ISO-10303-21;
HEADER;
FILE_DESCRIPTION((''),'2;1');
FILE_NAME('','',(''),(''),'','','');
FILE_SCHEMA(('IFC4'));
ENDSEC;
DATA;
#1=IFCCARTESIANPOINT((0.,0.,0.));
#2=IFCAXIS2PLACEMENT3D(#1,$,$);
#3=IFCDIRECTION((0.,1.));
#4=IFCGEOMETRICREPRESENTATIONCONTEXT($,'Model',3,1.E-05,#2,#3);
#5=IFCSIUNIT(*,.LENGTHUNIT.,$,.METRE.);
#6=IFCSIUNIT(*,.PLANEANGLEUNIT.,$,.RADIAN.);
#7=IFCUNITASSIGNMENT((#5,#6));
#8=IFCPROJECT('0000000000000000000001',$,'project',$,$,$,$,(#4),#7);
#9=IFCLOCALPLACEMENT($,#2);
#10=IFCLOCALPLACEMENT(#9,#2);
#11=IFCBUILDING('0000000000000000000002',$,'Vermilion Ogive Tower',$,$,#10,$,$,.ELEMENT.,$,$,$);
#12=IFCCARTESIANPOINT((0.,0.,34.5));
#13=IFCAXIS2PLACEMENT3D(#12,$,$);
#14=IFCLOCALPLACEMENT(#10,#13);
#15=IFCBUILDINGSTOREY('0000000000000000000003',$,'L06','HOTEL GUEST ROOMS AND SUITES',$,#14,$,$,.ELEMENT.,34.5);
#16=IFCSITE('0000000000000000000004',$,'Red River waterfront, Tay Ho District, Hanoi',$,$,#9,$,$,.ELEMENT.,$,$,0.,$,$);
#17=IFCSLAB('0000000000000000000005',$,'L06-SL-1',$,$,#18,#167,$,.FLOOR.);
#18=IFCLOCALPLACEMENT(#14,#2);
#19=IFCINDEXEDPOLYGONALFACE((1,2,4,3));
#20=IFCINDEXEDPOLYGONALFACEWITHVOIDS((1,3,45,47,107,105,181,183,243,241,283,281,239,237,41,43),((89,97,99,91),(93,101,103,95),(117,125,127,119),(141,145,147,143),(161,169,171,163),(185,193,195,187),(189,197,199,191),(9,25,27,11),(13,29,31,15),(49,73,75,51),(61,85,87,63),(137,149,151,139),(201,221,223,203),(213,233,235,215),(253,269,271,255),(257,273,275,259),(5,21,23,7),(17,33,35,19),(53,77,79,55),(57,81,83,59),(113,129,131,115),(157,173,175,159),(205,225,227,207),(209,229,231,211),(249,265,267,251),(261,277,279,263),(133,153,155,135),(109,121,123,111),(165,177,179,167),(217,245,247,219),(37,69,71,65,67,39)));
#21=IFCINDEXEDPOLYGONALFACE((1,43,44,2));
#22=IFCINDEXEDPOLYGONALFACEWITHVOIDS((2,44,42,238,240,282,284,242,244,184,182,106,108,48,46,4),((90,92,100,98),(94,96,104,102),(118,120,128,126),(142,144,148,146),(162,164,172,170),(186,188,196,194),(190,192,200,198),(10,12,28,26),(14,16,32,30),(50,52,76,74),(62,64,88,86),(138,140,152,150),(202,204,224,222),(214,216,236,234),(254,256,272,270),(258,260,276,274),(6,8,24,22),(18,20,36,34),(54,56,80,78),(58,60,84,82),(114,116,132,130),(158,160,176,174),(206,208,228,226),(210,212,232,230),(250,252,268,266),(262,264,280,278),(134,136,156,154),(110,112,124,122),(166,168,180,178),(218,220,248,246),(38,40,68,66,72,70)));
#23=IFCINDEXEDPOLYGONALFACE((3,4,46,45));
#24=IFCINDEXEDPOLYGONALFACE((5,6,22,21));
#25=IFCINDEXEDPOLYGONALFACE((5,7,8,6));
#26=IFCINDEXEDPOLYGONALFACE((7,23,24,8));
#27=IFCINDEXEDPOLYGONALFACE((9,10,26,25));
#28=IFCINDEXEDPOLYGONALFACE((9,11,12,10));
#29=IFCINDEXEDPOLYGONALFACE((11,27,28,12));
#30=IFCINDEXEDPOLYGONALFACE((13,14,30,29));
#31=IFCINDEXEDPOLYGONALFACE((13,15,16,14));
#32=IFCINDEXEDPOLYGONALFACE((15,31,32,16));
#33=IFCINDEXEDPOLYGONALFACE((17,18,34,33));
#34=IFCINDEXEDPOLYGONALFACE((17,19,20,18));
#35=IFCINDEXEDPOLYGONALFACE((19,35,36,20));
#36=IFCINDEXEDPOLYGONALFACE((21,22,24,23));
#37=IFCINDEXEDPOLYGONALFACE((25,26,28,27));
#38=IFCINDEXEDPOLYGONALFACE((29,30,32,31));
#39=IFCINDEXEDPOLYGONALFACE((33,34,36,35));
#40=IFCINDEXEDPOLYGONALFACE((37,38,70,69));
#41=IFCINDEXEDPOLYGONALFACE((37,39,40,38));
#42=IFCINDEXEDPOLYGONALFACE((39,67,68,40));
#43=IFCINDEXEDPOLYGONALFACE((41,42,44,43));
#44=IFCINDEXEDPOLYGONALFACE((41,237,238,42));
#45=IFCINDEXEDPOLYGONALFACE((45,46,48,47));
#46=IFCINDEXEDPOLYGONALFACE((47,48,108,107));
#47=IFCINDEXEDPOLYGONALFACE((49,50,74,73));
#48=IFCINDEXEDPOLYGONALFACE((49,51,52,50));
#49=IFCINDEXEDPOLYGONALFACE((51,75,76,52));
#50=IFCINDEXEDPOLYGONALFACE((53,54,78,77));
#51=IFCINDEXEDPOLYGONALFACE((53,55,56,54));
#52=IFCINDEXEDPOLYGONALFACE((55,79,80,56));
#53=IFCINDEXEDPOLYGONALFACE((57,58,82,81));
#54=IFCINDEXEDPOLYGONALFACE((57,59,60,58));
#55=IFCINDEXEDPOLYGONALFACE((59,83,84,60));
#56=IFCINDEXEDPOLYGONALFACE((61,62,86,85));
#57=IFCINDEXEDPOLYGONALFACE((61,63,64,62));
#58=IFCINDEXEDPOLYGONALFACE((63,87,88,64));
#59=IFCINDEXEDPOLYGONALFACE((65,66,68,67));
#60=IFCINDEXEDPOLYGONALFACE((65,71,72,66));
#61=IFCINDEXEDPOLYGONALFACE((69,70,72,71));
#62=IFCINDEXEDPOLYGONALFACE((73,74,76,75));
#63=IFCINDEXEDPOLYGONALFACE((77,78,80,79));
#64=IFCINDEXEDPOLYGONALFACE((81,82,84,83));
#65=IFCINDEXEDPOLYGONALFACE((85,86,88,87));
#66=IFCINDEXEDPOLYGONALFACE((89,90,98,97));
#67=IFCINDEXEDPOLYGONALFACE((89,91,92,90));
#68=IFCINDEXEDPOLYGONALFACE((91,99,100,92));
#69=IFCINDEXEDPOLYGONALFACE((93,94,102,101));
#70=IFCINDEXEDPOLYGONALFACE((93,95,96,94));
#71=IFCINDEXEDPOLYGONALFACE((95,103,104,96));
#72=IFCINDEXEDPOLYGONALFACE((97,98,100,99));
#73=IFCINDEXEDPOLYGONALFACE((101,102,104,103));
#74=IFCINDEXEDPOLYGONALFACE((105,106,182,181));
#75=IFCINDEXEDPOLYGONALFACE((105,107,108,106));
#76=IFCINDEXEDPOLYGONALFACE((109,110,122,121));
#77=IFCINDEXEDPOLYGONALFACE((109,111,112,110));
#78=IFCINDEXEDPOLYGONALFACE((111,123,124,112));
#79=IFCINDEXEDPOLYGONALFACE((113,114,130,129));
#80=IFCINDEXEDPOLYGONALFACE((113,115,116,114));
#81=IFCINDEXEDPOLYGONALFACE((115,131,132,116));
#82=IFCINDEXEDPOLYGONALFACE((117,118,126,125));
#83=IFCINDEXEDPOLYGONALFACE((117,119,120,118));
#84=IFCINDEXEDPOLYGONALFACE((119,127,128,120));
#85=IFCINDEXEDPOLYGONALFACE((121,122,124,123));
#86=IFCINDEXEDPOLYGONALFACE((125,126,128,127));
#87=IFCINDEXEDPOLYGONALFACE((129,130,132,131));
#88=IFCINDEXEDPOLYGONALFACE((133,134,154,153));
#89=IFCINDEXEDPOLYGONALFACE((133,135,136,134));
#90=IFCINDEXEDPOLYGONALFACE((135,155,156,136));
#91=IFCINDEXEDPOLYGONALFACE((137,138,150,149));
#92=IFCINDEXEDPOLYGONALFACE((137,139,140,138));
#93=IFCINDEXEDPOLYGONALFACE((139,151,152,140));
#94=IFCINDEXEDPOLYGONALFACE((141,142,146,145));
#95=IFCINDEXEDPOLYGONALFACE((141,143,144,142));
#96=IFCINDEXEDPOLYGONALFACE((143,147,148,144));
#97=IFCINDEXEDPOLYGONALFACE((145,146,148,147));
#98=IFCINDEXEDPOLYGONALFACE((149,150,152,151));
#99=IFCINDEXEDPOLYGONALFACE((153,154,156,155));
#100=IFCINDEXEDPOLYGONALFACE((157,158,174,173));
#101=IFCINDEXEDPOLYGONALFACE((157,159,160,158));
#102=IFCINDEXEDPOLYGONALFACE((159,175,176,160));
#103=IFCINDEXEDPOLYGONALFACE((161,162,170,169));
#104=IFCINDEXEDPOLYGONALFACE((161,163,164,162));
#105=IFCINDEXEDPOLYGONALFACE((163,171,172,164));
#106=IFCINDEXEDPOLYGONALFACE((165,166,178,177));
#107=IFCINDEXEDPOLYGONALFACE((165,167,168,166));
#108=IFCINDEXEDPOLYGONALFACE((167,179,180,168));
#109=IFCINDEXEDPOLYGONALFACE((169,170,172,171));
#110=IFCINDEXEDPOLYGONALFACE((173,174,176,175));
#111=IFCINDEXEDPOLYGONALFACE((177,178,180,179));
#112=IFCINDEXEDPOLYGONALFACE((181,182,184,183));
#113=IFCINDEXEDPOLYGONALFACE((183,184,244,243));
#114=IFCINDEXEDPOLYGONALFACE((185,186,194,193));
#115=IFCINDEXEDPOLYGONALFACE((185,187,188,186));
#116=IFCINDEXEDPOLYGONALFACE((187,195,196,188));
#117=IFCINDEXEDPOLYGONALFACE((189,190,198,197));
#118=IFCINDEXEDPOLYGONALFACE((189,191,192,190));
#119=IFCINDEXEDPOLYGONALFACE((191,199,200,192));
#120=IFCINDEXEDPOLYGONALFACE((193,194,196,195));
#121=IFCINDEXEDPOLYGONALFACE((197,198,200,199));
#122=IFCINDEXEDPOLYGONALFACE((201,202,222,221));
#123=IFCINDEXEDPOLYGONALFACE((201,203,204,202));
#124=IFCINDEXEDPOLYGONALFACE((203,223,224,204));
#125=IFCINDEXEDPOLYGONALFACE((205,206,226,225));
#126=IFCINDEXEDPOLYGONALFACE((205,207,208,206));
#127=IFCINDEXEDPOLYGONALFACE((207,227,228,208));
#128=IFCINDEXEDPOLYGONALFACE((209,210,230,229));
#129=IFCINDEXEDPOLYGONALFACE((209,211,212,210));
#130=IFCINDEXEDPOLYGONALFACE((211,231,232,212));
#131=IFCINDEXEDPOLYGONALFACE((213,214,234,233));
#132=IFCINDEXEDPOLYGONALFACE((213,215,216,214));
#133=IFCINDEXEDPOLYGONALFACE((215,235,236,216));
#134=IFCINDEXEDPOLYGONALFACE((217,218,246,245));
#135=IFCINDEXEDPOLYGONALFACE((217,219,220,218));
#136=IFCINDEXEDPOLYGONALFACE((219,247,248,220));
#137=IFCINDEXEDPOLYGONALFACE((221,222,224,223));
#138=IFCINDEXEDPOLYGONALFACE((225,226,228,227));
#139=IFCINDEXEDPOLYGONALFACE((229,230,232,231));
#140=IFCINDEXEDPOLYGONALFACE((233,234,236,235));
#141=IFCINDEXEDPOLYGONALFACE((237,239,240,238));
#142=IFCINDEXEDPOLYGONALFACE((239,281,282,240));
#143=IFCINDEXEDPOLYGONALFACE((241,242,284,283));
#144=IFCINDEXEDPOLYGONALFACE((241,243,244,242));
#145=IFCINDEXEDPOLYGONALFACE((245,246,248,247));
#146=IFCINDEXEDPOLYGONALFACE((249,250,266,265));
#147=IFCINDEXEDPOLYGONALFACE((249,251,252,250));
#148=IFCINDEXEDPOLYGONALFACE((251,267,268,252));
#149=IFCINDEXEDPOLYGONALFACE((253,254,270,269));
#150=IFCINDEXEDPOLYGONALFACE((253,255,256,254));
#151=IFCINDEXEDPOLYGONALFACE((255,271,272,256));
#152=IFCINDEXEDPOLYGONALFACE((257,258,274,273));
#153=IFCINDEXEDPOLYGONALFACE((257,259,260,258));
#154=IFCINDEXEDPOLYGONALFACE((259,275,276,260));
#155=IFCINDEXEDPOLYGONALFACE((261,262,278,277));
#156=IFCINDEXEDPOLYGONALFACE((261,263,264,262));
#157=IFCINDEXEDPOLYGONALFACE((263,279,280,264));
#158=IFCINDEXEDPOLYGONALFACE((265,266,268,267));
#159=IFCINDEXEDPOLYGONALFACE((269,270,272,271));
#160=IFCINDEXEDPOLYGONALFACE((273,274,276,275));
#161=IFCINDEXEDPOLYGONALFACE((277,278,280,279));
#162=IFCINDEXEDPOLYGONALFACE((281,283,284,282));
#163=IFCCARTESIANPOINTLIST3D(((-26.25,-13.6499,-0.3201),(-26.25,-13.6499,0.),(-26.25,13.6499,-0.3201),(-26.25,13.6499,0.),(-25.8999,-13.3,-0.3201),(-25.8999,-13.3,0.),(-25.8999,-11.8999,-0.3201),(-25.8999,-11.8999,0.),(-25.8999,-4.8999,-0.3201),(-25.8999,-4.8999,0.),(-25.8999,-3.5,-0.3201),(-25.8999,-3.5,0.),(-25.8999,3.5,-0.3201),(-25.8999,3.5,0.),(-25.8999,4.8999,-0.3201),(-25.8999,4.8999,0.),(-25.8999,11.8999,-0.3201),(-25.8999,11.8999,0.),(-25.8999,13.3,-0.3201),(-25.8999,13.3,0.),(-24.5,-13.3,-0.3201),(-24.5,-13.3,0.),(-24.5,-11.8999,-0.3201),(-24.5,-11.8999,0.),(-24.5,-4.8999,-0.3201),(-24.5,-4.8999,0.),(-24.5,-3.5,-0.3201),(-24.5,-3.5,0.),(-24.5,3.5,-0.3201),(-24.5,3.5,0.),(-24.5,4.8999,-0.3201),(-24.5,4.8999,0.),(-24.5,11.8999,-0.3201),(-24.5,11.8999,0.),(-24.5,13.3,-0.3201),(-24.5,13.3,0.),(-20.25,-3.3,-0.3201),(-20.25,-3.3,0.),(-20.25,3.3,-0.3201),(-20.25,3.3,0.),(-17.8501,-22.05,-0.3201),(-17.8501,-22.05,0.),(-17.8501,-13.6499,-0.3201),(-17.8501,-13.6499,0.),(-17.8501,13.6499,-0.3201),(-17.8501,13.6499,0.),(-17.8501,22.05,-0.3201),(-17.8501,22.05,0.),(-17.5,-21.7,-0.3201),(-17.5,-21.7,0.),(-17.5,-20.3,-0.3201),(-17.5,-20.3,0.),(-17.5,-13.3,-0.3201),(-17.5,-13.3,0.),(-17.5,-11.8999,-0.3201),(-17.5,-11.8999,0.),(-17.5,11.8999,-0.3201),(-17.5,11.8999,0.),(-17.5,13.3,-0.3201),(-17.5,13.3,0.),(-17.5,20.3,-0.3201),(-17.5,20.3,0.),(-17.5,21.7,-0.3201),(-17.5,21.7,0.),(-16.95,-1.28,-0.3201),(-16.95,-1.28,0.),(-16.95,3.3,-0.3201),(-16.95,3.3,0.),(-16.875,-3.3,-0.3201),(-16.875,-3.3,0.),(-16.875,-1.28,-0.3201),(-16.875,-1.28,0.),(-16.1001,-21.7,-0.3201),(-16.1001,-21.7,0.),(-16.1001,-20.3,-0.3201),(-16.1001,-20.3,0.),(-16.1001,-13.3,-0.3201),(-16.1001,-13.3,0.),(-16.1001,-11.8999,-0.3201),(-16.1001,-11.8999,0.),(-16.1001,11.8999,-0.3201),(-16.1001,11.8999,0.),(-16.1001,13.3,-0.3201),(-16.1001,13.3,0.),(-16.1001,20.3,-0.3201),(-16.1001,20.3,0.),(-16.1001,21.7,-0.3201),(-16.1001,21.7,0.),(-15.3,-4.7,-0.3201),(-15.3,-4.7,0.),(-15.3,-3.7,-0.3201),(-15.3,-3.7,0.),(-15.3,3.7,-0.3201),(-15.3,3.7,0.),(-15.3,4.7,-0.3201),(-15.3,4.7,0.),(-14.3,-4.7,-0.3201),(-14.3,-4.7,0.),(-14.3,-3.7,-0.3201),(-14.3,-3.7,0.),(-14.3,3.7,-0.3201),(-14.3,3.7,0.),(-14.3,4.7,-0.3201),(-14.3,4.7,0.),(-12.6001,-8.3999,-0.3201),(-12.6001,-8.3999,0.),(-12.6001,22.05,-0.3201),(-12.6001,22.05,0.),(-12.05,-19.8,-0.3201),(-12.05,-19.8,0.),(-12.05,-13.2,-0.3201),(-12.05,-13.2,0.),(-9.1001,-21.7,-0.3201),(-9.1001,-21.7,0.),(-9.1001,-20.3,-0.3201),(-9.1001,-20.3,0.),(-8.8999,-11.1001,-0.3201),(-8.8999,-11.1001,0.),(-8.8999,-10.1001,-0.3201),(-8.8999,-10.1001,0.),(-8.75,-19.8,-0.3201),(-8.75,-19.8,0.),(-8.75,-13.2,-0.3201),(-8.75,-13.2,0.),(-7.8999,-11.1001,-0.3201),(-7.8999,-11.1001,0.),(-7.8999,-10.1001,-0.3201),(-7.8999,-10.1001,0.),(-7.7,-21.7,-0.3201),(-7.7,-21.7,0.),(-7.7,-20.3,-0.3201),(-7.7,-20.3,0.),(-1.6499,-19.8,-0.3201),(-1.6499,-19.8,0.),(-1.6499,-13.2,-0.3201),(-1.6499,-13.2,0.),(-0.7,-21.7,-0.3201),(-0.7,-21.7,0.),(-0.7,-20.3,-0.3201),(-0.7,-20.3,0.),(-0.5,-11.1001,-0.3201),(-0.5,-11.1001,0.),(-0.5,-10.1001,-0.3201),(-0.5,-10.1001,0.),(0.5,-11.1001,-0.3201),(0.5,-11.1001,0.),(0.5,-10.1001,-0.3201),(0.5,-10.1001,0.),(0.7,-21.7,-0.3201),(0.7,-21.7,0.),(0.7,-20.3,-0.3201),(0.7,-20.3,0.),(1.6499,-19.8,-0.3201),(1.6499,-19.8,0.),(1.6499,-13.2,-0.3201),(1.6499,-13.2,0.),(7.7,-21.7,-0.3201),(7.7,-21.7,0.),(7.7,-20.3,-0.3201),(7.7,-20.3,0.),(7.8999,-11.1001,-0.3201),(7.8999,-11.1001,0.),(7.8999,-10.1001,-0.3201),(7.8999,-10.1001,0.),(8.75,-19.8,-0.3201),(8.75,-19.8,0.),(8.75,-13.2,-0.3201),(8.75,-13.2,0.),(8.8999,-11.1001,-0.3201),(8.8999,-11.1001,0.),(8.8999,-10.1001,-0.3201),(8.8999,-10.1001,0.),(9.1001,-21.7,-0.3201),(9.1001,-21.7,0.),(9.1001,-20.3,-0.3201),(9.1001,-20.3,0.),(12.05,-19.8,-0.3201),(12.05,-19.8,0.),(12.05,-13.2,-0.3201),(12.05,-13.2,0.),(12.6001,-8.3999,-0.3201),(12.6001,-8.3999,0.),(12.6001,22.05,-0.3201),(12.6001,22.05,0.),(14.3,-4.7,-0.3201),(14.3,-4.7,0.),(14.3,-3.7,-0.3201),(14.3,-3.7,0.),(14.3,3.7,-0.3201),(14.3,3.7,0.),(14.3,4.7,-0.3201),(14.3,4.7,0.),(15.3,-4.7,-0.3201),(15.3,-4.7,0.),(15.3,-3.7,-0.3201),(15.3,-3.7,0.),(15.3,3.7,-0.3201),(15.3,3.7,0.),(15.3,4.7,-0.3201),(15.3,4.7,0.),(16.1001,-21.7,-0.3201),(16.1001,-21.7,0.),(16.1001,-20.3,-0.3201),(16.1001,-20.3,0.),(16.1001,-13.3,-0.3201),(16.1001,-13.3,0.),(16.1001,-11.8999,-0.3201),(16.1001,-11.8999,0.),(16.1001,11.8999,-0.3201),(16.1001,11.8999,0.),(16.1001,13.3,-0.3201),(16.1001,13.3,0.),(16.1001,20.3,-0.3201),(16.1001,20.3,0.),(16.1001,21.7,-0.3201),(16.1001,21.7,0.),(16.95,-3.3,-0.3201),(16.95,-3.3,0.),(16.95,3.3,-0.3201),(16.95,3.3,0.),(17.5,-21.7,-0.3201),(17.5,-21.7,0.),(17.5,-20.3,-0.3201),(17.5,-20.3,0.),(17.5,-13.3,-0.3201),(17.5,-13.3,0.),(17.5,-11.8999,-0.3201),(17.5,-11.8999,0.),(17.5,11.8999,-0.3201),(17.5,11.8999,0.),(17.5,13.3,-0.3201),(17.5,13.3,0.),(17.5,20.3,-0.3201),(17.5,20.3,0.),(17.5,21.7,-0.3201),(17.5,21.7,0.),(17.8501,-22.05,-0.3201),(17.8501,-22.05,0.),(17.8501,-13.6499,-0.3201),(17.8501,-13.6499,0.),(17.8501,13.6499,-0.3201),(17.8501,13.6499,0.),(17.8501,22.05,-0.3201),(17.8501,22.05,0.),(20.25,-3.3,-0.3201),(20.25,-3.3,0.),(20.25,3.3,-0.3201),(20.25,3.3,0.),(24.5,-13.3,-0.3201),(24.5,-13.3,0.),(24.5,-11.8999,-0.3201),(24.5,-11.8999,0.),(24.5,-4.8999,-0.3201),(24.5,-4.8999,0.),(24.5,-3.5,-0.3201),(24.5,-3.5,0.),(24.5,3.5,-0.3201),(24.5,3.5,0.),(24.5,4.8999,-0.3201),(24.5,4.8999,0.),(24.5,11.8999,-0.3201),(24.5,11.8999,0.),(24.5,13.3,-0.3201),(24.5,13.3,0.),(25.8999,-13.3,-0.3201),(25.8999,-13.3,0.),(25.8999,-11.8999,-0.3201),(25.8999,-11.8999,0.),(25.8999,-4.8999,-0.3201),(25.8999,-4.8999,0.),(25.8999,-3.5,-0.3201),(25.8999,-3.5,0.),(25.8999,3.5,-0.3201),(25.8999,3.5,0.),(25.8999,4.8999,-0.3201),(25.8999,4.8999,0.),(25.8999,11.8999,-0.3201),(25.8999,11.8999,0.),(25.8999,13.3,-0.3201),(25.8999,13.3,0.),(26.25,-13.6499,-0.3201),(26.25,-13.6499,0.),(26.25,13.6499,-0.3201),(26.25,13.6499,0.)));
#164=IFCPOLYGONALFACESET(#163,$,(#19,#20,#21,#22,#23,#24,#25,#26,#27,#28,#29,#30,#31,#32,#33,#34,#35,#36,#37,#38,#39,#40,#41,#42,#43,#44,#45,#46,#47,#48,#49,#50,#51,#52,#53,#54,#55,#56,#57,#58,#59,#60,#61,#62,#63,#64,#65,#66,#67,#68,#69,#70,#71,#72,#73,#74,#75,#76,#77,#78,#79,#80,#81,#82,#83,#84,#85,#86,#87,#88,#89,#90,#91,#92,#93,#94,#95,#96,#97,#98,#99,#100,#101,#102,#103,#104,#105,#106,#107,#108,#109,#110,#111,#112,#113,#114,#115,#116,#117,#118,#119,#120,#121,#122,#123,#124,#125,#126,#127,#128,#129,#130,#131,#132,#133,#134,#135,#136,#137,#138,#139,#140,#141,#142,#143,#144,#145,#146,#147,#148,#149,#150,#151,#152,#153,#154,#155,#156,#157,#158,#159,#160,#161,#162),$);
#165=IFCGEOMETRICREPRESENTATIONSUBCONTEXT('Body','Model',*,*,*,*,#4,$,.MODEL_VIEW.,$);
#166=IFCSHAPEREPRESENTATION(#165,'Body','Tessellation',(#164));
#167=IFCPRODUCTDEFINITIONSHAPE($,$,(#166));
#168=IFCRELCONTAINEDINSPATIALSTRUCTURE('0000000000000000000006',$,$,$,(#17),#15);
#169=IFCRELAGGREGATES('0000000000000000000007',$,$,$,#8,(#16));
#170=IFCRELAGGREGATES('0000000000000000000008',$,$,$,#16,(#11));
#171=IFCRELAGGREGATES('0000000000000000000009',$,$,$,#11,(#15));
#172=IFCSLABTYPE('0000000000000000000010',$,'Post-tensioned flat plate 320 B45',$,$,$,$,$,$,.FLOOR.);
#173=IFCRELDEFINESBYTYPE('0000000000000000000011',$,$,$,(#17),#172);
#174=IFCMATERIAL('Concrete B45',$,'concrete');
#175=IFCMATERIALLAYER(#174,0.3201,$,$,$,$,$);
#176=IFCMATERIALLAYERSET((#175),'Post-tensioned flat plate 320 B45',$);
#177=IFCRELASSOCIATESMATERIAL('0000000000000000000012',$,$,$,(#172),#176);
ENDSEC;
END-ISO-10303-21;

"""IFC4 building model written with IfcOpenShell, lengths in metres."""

from ifc_helpers import new_model, si_unit, direction, frame, origin, place, context, subcontext, project, spatial, polyline, outline, extrude, material, layer, layer_set, type_object, element, save


model = new_model("IFC4")

# Units and contexts
model_context = context("Model", 3, precision=1e-05, world=origin(), true_north=direction((0.0, 1.0)))
body_context = subcontext(model_context, "Body", "Model", "MODEL_VIEW")
ifc_project = project(units=[si_unit("LENGTHUNIT", "METRE"), si_unit("PLANEANGLEUNIT", "RADIAN")], contexts=[model_context])

# Site, building, storey
site_placement = place(None, origin())
site = spatial("IfcSite", under=ifc_project, at=site_placement, Name="Red River waterfront, Tay Ho District, Hanoi", CompositionType="ELEMENT", RefElevation=0.0)
building_placement = place(site_placement, origin())
building = spatial("IfcBuilding", under=site, at=building_placement, Name="Vermilion Ogive Tower", CompositionType="ELEMENT")
storey_placement = place(building_placement, frame((0.0, 0.0, 34.5)))
storey = spatial("IfcBuildingStorey", under=building, at=storey_placement, Name="L06", Description="HOTEL GUEST ROOMS AND SUITES", CompositionType="ELEMENT", Elevation=34.5)

# Slab
ifc_material_1 = material(Name="Concrete B45", Category="concrete")
ifc_layer_1 = layer(ifc_material_1, 0.3201)
ifc_layer_set_1 = layer_set([ifc_layer_1], Name="Post-tensioned flat plate 320 B45")
slab_type = type_object("IfcSlabType", Name="Post-tensioned flat plate 320 B45", PredefinedType="FLOOR", material=ifc_layer_set_1)
slab_placement = place(storey_placement, frame((0.0, 0.0, -0.3201)))
element("IfcSlab", 1, at=slab_placement, inside=storey, type_object=slab_type, Name="L06-SL-1", PredefinedType="FLOOR", context=body_context, shape_type="SweptSolid", body=[
    extrude(outline(polyline([(-26.25, -13.6499), (-17.8501, -13.6499), (-17.8501, -22.05), (17.8501, -22.05), (17.8501, -13.6499), (26.25, -13.6499), (26.25, 13.6499), (17.8501, 13.6499), (17.8501, 22.05), (12.6001, 22.05), (12.6001, -8.3999), (-12.6001, -8.3999), (-12.6001, 22.05), (-17.8501, 22.05), (-17.8501, 13.6499), (-26.25, 13.6499), (-26.25, -13.6499)]), holes=[polyline([(25.8999, -3.5), (25.8999, -4.8999), (24.5, -4.8999), (24.5, -3.5), (25.8999, -3.5)]), polyline([(25.8999, -11.8999), (25.8999, -13.3), (24.5, -13.3), (24.5, -11.8999), (25.8999, -11.8999)]), polyline([(25.8999, 11.8999), (24.5, 11.8999), (24.5, 13.3), (25.8999, 13.3), (25.8999, 11.8999)]), polyline([(25.8999, 3.5), (24.5, 3.5), (24.5, 4.8999), (25.8999, 4.8999), (25.8999, 3.5)]), polyline([(20.25, 3.3), (20.25, -3.3), (16.95, -3.3), (16.95, 3.3), (20.25, 3.3)]), polyline([(17.5, -11.8999), (17.5, -13.3), (16.1001, -13.3), (16.1001, -11.8999), (17.5, -11.8999)]), polyline([(17.5, 20.3), (16.1001, 20.3), (16.1001, 21.7), (17.5, 21.7), (17.5, 20.3)]), polyline([(17.5, -20.3), (17.5, -21.7), (16.1001, -21.7), (16.1001, -20.3), (17.5, -20.3)]), polyline([(17.5, 13.3), (17.5, 11.8999), (16.1001, 11.8999), (16.1001, 13.3), (17.5, 13.3)]), polyline([(15.3, 4.7), (15.3, 3.7), (14.3, 3.7), (14.3, 4.7), (15.3, 4.7)]), polyline([(15.3, -4.7), (14.3, -4.7), (14.3, -3.7), (15.3, -3.7), (15.3, -4.7)]), polyline([(12.05, -13.2), (12.05, -19.8), (8.75, -19.8), (8.75, -13.2), (12.05, -13.2)]), polyline([(9.1001, -20.3), (9.1001, -21.7), (7.7, -21.7), (7.7, -20.3), (9.1001, -20.3)]), polyline([(8.8999, -11.1001), (7.8999, -11.1001), (7.8999, -10.1001), (8.8999, -10.1001), (8.8999, -11.1001)]), polyline([(1.6499, -13.2), (1.6499, -19.8), (-1.6499, -19.8), (-1.6499, -13.2), (1.6499, -13.2)]), polyline([(0.7, -20.3), (0.7, -21.7), (-0.7, -21.7), (-0.7, -20.3), (0.7, -20.3)]), polyline([(0.5, -10.1001), (0.5, -11.1001), (-0.5, -11.1001), (-0.5, -10.1001), (0.5, -10.1001)]), polyline([(-7.7, -20.3), (-7.7, -21.7), (-9.1001, -21.7), (-9.1001, -20.3), (-7.7, -20.3)]), polyline([(-7.8999, -10.1001), (-7.8999, -11.1001), (-8.8999, -11.1001), (-8.8999, -10.1001), (-7.8999, -10.1001)]), polyline([(-8.75, -13.2), (-8.75, -19.8), (-12.05, -19.8), (-12.05, -13.2), (-8.75, -13.2)]), polyline([(-14.3, 4.7), (-14.3, 3.7), (-15.3, 3.7), (-15.3, 4.7), (-14.3, 4.7)]), polyline([(-14.3, -4.7), (-15.3, -4.7), (-15.3, -3.7), (-14.3, -3.7), (-14.3, -4.7)]), polyline([(-16.1001, 13.3), (-16.1001, 11.8999), (-17.5, 11.8999), (-17.5, 13.3), (-16.1001, 13.3)]), polyline([(-16.1001, -11.8999), (-16.1001, -13.3), (-17.5, -13.3), (-17.5, -11.8999), (-16.1001, -11.8999)]), polyline([(-16.1001, -20.3), (-16.1001, -21.7), (-17.5, -21.7), (-17.5, -20.3), (-16.1001, -20.3)]), polyline([(-16.1001, 20.3), (-17.5, 20.3), (-17.5, 21.7), (-16.1001, 21.7), (-16.1001, 20.3)]), polyline([(-16.95, 3.3), (-16.95, -1.28), (-16.875, -1.28), (-16.875, -3.3), (-20.25, -3.3), (-20.25, 3.3), (-16.95, 3.3)]), polyline([(-24.5, 3.5), (-25.8999, 3.5), (-25.8999, 4.8999), (-24.5, 4.8999), (-24.5, 3.5)]), polyline([(-24.5, 13.3), (-24.5, 11.8999), (-25.8999, 11.8999), (-25.8999, 13.3), (-24.5, 13.3)]), polyline([(-24.5, -3.5), (-24.5, -4.8999), (-25.8999, -4.8999), (-25.8999, -3.5), (-24.5, -3.5)]), polyline([(-24.5, -11.8999), (-24.5, -13.3), (-25.8999, -13.3), (-25.8999, -11.8999), (-24.5, -11.8999)])]), origin(), (0.0, 0.0, 1.0), 0.3201),
])

save(model, "model.ifc")
